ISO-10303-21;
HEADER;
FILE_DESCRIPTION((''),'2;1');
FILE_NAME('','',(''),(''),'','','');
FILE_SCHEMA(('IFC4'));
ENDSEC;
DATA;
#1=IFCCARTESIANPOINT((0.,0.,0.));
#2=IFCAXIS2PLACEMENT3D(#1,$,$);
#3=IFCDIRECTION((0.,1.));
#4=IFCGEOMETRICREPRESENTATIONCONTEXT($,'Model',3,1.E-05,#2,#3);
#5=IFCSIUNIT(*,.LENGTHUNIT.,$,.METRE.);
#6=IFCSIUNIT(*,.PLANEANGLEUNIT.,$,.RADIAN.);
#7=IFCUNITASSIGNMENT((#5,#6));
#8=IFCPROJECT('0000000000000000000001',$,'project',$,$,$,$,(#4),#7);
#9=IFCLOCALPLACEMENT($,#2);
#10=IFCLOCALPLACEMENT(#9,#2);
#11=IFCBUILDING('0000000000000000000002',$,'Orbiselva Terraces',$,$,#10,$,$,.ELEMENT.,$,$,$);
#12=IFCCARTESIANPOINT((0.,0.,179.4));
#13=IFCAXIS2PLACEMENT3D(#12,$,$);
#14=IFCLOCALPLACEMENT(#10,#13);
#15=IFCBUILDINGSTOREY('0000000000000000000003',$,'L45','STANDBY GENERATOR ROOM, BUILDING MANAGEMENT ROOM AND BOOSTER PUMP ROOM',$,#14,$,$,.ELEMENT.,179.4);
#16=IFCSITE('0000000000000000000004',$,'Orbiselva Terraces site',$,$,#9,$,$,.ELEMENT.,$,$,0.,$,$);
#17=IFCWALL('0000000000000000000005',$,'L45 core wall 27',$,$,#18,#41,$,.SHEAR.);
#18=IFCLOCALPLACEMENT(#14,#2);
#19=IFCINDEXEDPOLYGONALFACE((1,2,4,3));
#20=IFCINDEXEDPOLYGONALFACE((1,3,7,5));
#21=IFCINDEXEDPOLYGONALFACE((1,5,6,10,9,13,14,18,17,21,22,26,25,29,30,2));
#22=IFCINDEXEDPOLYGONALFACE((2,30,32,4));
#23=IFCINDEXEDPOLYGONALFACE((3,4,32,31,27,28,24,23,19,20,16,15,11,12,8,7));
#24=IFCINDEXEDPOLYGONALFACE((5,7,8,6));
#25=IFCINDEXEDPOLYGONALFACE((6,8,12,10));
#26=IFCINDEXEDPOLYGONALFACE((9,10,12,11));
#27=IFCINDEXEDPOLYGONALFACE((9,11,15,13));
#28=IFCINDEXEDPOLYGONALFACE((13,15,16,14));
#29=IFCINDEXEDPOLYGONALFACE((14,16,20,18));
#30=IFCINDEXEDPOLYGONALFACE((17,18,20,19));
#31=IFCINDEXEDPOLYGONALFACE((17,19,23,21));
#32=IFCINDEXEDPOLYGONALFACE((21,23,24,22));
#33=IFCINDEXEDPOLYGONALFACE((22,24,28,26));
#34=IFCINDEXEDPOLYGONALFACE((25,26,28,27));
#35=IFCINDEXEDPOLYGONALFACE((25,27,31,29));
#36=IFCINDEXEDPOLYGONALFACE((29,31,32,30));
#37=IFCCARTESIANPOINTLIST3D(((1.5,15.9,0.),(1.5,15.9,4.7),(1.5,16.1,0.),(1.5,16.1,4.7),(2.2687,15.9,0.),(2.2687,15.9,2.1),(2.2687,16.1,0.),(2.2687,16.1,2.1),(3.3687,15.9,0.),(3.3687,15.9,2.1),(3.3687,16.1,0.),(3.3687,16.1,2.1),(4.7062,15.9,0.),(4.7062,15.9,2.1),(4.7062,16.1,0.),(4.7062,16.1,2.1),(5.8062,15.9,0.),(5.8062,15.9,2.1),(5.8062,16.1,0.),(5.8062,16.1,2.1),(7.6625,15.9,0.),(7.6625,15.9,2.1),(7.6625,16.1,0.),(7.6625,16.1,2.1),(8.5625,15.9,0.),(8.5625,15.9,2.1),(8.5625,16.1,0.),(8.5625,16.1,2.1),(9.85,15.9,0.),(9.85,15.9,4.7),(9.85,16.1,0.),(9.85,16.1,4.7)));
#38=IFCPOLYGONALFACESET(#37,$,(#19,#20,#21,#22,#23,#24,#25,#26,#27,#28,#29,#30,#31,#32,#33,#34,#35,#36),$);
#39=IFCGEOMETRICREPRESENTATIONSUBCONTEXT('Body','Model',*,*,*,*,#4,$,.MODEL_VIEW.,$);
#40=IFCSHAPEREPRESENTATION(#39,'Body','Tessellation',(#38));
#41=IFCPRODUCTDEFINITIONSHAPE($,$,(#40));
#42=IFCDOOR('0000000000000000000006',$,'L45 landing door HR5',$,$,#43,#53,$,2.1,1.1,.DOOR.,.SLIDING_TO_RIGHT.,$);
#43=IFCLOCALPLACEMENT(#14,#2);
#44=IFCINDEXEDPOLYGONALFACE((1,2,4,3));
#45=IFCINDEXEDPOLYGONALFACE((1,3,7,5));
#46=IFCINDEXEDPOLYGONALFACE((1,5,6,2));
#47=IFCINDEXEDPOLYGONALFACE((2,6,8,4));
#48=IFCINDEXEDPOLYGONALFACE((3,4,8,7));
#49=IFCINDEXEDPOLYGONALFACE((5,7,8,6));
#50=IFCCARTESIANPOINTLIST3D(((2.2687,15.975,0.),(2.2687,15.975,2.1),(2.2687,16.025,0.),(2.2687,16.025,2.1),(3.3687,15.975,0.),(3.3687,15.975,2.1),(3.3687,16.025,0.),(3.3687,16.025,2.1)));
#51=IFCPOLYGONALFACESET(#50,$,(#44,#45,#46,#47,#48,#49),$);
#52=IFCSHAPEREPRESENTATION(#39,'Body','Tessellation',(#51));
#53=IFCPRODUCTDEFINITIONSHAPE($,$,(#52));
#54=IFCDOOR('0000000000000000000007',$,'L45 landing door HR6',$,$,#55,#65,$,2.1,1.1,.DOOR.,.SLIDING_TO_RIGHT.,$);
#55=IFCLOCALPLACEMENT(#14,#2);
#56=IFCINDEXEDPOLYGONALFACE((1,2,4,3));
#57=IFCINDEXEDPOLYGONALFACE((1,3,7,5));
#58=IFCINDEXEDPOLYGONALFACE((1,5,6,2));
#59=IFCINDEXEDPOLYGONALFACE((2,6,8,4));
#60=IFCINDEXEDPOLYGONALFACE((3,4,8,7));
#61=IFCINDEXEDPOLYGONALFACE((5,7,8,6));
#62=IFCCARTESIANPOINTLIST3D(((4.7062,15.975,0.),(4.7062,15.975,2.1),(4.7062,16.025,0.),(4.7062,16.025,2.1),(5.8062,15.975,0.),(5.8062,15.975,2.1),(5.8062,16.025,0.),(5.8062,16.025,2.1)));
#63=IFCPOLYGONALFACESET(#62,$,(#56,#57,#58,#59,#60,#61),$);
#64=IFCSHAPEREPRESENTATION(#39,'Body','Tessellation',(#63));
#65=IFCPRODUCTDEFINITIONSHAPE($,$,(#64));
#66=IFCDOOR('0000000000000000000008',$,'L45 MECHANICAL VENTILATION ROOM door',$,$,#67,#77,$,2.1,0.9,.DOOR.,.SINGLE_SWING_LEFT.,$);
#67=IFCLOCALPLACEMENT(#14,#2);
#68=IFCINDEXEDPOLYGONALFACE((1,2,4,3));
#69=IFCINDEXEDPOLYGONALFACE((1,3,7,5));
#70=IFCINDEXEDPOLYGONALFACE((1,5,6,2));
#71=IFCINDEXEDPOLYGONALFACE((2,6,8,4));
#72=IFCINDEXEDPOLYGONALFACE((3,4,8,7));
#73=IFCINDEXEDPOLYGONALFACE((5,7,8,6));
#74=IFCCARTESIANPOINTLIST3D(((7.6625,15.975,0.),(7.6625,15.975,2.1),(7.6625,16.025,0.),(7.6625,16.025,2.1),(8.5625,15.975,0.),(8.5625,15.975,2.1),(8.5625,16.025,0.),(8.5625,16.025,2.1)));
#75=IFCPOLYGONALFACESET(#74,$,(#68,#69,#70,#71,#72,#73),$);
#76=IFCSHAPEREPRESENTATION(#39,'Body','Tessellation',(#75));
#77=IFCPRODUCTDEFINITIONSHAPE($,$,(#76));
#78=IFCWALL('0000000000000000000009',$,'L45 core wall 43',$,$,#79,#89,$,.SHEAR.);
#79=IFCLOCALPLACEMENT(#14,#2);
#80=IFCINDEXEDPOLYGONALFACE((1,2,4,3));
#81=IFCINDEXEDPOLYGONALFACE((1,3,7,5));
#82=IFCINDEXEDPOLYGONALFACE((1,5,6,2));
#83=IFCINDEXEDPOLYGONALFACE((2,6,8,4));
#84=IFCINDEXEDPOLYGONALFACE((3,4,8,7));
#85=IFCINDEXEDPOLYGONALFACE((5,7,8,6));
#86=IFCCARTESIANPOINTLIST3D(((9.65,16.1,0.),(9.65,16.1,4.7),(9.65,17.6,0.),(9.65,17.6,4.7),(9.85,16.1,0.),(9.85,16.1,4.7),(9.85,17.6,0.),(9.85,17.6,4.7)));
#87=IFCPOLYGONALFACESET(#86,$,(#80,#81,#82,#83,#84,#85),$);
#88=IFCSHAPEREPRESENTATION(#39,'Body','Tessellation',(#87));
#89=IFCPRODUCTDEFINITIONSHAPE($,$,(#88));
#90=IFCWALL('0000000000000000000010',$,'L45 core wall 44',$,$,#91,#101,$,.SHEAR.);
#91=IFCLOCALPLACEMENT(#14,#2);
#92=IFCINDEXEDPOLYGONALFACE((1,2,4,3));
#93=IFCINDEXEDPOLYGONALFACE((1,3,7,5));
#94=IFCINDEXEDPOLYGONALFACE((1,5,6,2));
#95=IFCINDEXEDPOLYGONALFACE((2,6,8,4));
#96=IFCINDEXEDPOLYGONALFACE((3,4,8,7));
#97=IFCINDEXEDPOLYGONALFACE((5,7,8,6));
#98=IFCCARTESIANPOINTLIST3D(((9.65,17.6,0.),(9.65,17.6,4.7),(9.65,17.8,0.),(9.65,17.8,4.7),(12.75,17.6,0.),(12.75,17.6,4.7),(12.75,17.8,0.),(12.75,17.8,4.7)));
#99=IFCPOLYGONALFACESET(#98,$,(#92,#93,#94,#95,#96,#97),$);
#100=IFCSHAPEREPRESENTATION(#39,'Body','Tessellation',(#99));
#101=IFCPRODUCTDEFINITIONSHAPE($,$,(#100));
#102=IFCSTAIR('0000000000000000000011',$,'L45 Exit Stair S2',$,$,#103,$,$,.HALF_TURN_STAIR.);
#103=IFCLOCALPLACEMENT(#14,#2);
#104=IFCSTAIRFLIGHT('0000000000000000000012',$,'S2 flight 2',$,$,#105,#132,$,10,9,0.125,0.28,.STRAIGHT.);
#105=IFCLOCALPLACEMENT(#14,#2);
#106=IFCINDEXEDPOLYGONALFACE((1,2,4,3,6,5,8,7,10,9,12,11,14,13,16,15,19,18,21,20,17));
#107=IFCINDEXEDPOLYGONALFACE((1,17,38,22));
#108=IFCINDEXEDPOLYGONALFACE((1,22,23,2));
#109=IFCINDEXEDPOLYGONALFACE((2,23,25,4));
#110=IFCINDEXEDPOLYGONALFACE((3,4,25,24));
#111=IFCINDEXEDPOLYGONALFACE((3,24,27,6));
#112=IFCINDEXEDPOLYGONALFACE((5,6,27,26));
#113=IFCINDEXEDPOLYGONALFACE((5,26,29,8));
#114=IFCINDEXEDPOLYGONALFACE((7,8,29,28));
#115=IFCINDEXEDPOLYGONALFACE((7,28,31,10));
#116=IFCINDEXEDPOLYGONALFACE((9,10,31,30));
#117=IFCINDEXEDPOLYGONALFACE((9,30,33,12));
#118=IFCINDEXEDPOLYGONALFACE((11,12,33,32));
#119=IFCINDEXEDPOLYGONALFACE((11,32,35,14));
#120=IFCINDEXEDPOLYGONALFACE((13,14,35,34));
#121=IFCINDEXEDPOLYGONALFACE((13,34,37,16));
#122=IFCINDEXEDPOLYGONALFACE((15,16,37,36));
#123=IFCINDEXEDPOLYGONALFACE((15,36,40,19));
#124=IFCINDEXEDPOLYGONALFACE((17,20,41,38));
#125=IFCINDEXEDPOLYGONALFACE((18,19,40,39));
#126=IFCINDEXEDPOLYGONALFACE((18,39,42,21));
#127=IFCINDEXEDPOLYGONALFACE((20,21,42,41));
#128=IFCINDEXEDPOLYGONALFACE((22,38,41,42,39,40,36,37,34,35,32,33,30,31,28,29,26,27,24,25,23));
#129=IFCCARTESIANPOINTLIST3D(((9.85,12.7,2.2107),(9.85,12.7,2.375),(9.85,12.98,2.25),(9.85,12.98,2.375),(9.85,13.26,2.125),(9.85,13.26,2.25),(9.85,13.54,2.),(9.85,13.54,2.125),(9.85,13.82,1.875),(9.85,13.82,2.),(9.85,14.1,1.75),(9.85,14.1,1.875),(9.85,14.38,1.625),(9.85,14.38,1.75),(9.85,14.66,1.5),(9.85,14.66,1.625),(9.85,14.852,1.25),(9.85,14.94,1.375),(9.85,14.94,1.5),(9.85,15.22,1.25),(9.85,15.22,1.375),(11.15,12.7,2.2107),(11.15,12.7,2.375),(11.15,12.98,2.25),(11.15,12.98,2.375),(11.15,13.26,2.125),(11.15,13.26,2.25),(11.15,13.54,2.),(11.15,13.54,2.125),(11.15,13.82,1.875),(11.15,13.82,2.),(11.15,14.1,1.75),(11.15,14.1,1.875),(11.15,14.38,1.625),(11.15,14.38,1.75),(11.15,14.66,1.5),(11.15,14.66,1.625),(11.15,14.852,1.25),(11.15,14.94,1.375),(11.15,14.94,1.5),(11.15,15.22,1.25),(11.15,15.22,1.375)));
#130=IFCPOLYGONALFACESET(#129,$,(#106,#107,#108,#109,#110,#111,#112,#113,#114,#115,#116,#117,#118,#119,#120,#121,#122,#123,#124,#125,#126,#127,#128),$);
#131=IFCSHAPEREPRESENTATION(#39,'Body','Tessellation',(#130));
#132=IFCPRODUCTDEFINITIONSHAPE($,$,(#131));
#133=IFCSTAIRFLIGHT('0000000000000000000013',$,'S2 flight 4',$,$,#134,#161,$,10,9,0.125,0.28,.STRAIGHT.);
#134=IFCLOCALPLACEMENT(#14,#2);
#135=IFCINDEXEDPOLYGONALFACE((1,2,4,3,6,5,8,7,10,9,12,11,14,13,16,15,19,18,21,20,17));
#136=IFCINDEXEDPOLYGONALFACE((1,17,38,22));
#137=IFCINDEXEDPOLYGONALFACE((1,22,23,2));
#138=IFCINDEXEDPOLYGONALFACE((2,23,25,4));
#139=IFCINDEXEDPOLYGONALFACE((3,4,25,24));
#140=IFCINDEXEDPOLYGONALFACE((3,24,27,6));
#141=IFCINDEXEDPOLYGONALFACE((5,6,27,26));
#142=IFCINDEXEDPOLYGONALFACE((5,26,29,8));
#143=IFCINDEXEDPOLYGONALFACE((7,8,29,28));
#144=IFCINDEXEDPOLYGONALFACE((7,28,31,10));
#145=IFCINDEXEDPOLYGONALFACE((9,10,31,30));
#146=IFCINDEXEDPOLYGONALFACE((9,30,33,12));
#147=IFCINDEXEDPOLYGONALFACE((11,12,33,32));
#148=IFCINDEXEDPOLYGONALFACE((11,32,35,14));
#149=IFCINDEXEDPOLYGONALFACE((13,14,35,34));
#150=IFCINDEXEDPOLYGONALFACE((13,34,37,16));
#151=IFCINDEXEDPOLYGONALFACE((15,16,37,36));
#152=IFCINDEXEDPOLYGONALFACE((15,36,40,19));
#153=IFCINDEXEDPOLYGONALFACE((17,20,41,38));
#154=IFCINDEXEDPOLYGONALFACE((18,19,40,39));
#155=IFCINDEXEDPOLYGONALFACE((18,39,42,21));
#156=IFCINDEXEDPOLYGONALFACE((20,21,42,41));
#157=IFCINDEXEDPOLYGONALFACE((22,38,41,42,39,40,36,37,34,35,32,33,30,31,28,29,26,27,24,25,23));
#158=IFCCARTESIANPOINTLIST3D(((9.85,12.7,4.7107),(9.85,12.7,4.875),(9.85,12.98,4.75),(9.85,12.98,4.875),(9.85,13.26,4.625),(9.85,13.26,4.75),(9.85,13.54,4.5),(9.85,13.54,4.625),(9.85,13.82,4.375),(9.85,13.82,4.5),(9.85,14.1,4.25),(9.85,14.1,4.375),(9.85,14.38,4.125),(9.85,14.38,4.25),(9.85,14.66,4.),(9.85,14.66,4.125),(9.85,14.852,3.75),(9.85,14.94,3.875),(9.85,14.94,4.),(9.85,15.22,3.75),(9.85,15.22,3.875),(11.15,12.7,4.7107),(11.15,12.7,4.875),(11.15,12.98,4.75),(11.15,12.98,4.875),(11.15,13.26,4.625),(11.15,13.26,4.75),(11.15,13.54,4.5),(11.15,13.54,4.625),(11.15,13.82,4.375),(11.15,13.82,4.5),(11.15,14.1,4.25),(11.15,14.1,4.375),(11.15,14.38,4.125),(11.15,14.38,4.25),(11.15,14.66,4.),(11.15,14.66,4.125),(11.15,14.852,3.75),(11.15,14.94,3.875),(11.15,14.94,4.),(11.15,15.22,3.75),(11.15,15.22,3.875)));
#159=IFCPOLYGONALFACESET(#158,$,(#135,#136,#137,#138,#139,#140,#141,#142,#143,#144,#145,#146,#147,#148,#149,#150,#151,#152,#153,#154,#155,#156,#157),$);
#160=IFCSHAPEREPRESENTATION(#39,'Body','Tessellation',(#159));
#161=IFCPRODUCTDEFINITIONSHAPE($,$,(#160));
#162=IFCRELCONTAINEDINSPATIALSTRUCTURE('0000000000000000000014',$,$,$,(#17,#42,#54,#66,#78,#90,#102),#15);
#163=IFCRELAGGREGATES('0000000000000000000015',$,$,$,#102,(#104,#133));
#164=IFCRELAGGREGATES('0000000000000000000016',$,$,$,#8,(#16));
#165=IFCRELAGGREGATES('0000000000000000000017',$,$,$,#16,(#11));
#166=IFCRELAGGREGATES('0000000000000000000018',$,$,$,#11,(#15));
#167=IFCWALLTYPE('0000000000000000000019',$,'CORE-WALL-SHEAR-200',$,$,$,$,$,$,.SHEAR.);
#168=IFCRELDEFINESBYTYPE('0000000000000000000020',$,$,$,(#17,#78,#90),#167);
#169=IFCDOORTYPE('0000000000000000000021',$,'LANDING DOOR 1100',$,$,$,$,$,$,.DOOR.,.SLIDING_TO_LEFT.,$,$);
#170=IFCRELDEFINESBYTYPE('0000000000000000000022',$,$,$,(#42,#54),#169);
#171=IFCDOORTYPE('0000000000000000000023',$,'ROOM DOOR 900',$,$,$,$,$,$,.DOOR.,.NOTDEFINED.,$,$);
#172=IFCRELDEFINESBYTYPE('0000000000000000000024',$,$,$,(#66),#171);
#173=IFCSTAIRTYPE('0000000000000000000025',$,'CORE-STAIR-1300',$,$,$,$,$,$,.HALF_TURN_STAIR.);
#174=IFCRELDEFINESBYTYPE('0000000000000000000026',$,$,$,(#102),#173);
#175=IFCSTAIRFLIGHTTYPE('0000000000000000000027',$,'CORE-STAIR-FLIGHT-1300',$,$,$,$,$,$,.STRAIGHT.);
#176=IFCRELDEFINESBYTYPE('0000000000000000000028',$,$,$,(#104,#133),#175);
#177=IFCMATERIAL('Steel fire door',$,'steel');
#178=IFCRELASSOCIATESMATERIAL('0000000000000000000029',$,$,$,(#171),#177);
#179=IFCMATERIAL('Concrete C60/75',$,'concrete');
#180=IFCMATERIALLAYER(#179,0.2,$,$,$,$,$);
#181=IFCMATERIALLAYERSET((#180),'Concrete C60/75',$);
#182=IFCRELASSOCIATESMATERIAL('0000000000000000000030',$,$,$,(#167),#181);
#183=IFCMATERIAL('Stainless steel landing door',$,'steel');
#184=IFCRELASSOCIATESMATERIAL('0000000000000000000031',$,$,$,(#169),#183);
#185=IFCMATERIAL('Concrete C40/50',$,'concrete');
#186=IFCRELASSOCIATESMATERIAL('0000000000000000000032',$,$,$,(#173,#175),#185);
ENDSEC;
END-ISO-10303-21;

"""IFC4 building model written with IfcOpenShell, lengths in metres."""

from ifc_helpers import new_model, si_unit, direction, frame, frame_2d, origin, place, context, subcontext, project, spatial, polyline, rectangle, outline, extrude, material, layer, layer_set, type_object, element, fill, aggregate, save


model = new_model("IFC4")

# Units and contexts
model_context = context("Model", 3, precision=1e-05, world=origin(), true_north=direction((0.0, 1.0)))
body_context = subcontext(model_context, "Body", "Model", "MODEL_VIEW")
ifc_project = project(units=[si_unit("LENGTHUNIT", "METRE"), si_unit("PLANEANGLEUNIT", "RADIAN")], contexts=[model_context])

# Site, building, storey
site_placement = place(None, origin())
site = spatial("IfcSite", under=ifc_project, at=site_placement, Name="Orbiselva Terraces site", CompositionType="ELEMENT", RefElevation=0.0)
building_placement = place(site_placement, origin())
building = spatial("IfcBuilding", under=site, at=building_placement, Name="Orbiselva Terraces", CompositionType="ELEMENT")
storey_placement = place(building_placement, frame((0.0, 0.0, 179.4)))
storey = spatial("IfcBuildingStorey", under=building, at=storey_placement, Name="L45", Description="STANDBY GENERATOR ROOM, BUILDING MANAGEMENT ROOM AND BOOSTER PUMP ROOM", CompositionType="ELEMENT", Elevation=179.4)

# Shared definitions
ifc_material_1 = material(Name="Steel fire door", Category="steel")
door_type_1 = type_object("IfcDoorType", Name="ROOM DOOR 900", OperationType="NOTDEFINED", PredefinedType="DOOR", material=ifc_material_1)

# Shared definitions
ifc_material_2 = material(Name="Concrete C40/50", Category="concrete")
ifc_material_3 = material(Name="Concrete C60/75", Category="concrete")
ifc_layer_1 = layer(ifc_material_3, 0.2)
ifc_layer_set_1 = layer_set([ifc_layer_1], Name="Concrete C60/75")
wall_type_1 = type_object("IfcWallType", Name="CORE-WALL-SHEAR-200", PredefinedType="SHEAR", material=ifc_layer_set_1)

# Wall, openings, doors
wall_1_placement = place(storey_placement, frame((9.85, 16.0, 0.0), z_axis=(0.0, 0.0, 1.0), x_axis=(-1.0, 0.0, 0.0)))
wall_1 = element("IfcWall", 1, at=wall_1_placement, inside=storey, type_object=wall_type_1, Name="L45 core wall 27", PredefinedType="SHEAR", context=body_context, shape_type="SweptSolid", body=[
    extrude(rectangle(XDim=8.35, YDim=0.2, at=frame_2d((4.175, 0.0))), origin(), (0.0, 0.0, 1.0), 4.7),
])
opening_1_placement = place(wall_1_placement, frame((6.4813, 0.0, 0.0)))
opening_1 = element("IfcOpeningElement", 2, at=opening_1_placement, cuts=wall_1, PredefinedType="OPENING", context=body_context, shape_type="SweptSolid", body=[
    extrude(rectangle(XDim=1.1, YDim=2.1, at=frame_2d((0.55, 1.05))), frame((0.0, 0.11, 0.0), z_axis=(0.0, -1.0, 0.0), x_axis=(1.0, 0.0, 0.0)), (0.0, 0.0, 1.0), 0.22),
])
opening_2_placement = place(wall_1_placement, frame((4.0438, 0.0, 0.0)))
opening_2 = element("IfcOpeningElement", 3, at=opening_2_placement, cuts=wall_1, PredefinedType="OPENING", context=body_context, shape_type="SweptSolid", body=[
    extrude(rectangle(XDim=1.1, YDim=2.1, at=frame_2d((0.55, 1.05))), frame((0.0, 0.11, 0.0), z_axis=(0.0, -1.0, 0.0), x_axis=(1.0, 0.0, 0.0)), (0.0, 0.0, 1.0), 0.22),
])
opening_3_placement = place(wall_1_placement, frame((1.2875, 0.0, 0.0)))
opening_3 = element("IfcOpeningElement", 4, at=opening_3_placement, cuts=wall_1, PredefinedType="OPENING", context=body_context, shape_type="SweptSolid", body=[
    extrude(rectangle(XDim=0.9, YDim=2.1, at=frame_2d((0.45, 1.05))), frame((0.0, 0.11, 0.0), z_axis=(0.0, -1.0, 0.0), x_axis=(1.0, 0.0, 0.0)), (0.0, 0.0, 1.0), 0.22),
])
ifc_material_4 = material(Name="Stainless steel landing door", Category="steel")
door_type_2 = type_object("IfcDoorType", Name="LANDING DOOR 1100", OperationType="SLIDING_TO_LEFT", PredefinedType="DOOR", material=ifc_material_4)
door_1_placement = place(opening_1_placement, origin())
door_1 = element("IfcDoor", 5, at=door_1_placement, inside=storey, type_object=door_type_2, Name="L45 landing door HR5", OperationType="SLIDING_TO_RIGHT", OverallHeight=2.1, OverallWidth=1.1, PredefinedType="DOOR", context=body_context, shape_type="SweptSolid", body=[
    extrude(rectangle(XDim=1.1, YDim=2.1, at=frame_2d((0.55, 1.05))), frame((0.0, 0.025, 0.0), z_axis=(0.0, -1.0, 0.0), x_axis=(1.0, 0.0, 0.0)), (0.0, 0.0, 1.0), 0.05),
])
fill(opening_1, door_1)
door_2_placement = place(opening_2_placement, origin())
door_2 = element("IfcDoor", 6, at=door_2_placement, inside=storey, type_object=door_type_2, Name="L45 landing door HR6", OperationType="SLIDING_TO_RIGHT", OverallHeight=2.1, OverallWidth=1.1, PredefinedType="DOOR", context=body_context, shape_type="SweptSolid", body=[
    extrude(rectangle(XDim=1.1, YDim=2.1, at=frame_2d((0.55, 1.05))), frame((0.0, 0.025, 0.0), z_axis=(0.0, -1.0, 0.0), x_axis=(1.0, 0.0, 0.0)), (0.0, 0.0, 1.0), 0.05),
])
fill(opening_2, door_2)
door_3_placement = place(opening_3_placement, origin())
door_3 = element("IfcDoor", 7, at=door_3_placement, inside=storey, type_object=door_type_1, Name="L45 MECHANICAL VENTILATION ROOM door", OperationType="SINGLE_SWING_LEFT", OverallHeight=2.1, OverallWidth=0.9, PredefinedType="DOOR", context=body_context, shape_type="SweptSolid", body=[
    extrude(rectangle(XDim=0.9, YDim=2.1, at=frame_2d((0.45, 1.05))), frame((0.0, 0.025, 0.0), z_axis=(0.0, -1.0, 0.0), x_axis=(1.0, 0.0, 0.0)), (0.0, 0.0, 1.0), 0.05),
])
fill(opening_3, door_3)

# Walls
wall_2_placement = place(storey_placement, frame((9.75, 16.1, 0.0), z_axis=(0.0, 0.0, 1.0), x_axis=(0.0, 1.0, 0.0)))
element("IfcWall", 8, at=wall_2_placement, inside=storey, type_object=wall_type_1, Name="L45 core wall 43", PredefinedType="SHEAR", context=body_context, shape_type="SweptSolid", body=[
    extrude(rectangle(XDim=1.5, YDim=0.2, at=frame_2d((0.75, 0.0))), origin(), (0.0, 0.0, 1.0), 4.7),
])
wall_3_placement = place(storey_placement, frame((9.65, 17.7, 0.0), z_axis=(0.0, 0.0, 1.0), x_axis=(1.0, 0.0, 0.0)))
element("IfcWall", 9, at=wall_3_placement, inside=storey, type_object=wall_type_1, Name="L45 core wall 44", PredefinedType="SHEAR", context=body_context, shape_type="SweptSolid", body=[
    extrude(rectangle(XDim=3.1, YDim=0.2, at=frame_2d((1.55, 0.0))), origin(), (0.0, 0.0, 1.0), 4.7),
])

# Stair, stair flights
stair_type = type_object("IfcStairType", Name="CORE-STAIR-1300", PredefinedType="HALF_TURN_STAIR", material=ifc_material_2)
stair_placement = place(storey_placement, origin())
stair = element("IfcStair", 10, at=stair_placement, inside=storey, type_object=stair_type, Name="L45 Exit Stair S2", PredefinedType="HALF_TURN_STAIR")
stair_flight_type = type_object("IfcStairFlightType", Name="CORE-STAIR-FLIGHT-1300", PredefinedType="STRAIGHT", material=ifc_material_2)
stair_flight_1_placement = place(storey_placement, frame((10.5, 15.22, 1.25), z_axis=(0.0, 0.0, 1.0), x_axis=(0.0, -1.0, 0.0)))
stair_flight_1 = element("IfcStairFlight", 11, at=stair_flight_1_placement, type_object=stair_flight_type, Name="S2 flight 2", NumberOfRisers=10, NumberOfTreads=9, PredefinedType="STRAIGHT", RiserHeight=0.125, TreadLength=0.28, context=body_context, shape_type="SweptSolid", body=[
    extrude(outline(polyline([(0.0, 0.0), (0.0, 0.125), (0.28, 0.125), (0.28, 0.25), (0.56, 0.25), (0.56, 0.375), (0.84, 0.375), (0.84, 0.5), (1.12, 0.5), (1.12, 0.625), (1.4, 0.625), (1.4, 0.75), (1.68, 0.75), (1.68, 0.875), (1.96, 0.875), (1.96, 1.0), (2.24, 1.0), (2.24, 1.125), (2.52, 1.125), (2.52, 1.25), (2.52, 0.9607), (0.368, 0.0), (0.0, 0.0)])), frame((0.0, 0.65, 0.0), z_axis=(0.0, -1.0, 0.0), x_axis=(1.0, 0.0, 0.0)), (0.0, 0.0, 1.0), 1.3),
])
stair_flight_2_placement = place(storey_placement, frame((10.5, 15.22, 3.75), z_axis=(0.0, 0.0, 1.0), x_axis=(0.0, -1.0, 0.0)))
stair_flight_2 = element("IfcStairFlight", 12, at=stair_flight_2_placement, type_object=stair_flight_type, Name="S2 flight 4", NumberOfRisers=10, NumberOfTreads=9, PredefinedType="STRAIGHT", RiserHeight=0.125, TreadLength=0.28, context=body_context, shape_type="SweptSolid", body=[
    extrude(outline(polyline([(0.0, 0.0), (0.0, 0.125), (0.28, 0.125), (0.28, 0.25), (0.56, 0.25), (0.56, 0.375), (0.84, 0.375), (0.84, 0.5), (1.12, 0.5), (1.12, 0.625), (1.4, 0.625), (1.4, 0.75), (1.68, 0.75), (1.68, 0.875), (1.96, 0.875), (1.96, 1.0), (2.24, 1.0), (2.24, 1.125), (2.52, 1.125), (2.52, 1.25), (2.52, 0.9607), (0.368, 0.0), (0.0, 0.0)])), frame((0.0, 0.65, 0.0), z_axis=(0.0, -1.0, 0.0), x_axis=(1.0, 0.0, 0.0)), (0.0, 0.0, 1.0), 1.3),
])
aggregate(stair, [stair_flight_1, stair_flight_2])

save(model, "model.ifc")
